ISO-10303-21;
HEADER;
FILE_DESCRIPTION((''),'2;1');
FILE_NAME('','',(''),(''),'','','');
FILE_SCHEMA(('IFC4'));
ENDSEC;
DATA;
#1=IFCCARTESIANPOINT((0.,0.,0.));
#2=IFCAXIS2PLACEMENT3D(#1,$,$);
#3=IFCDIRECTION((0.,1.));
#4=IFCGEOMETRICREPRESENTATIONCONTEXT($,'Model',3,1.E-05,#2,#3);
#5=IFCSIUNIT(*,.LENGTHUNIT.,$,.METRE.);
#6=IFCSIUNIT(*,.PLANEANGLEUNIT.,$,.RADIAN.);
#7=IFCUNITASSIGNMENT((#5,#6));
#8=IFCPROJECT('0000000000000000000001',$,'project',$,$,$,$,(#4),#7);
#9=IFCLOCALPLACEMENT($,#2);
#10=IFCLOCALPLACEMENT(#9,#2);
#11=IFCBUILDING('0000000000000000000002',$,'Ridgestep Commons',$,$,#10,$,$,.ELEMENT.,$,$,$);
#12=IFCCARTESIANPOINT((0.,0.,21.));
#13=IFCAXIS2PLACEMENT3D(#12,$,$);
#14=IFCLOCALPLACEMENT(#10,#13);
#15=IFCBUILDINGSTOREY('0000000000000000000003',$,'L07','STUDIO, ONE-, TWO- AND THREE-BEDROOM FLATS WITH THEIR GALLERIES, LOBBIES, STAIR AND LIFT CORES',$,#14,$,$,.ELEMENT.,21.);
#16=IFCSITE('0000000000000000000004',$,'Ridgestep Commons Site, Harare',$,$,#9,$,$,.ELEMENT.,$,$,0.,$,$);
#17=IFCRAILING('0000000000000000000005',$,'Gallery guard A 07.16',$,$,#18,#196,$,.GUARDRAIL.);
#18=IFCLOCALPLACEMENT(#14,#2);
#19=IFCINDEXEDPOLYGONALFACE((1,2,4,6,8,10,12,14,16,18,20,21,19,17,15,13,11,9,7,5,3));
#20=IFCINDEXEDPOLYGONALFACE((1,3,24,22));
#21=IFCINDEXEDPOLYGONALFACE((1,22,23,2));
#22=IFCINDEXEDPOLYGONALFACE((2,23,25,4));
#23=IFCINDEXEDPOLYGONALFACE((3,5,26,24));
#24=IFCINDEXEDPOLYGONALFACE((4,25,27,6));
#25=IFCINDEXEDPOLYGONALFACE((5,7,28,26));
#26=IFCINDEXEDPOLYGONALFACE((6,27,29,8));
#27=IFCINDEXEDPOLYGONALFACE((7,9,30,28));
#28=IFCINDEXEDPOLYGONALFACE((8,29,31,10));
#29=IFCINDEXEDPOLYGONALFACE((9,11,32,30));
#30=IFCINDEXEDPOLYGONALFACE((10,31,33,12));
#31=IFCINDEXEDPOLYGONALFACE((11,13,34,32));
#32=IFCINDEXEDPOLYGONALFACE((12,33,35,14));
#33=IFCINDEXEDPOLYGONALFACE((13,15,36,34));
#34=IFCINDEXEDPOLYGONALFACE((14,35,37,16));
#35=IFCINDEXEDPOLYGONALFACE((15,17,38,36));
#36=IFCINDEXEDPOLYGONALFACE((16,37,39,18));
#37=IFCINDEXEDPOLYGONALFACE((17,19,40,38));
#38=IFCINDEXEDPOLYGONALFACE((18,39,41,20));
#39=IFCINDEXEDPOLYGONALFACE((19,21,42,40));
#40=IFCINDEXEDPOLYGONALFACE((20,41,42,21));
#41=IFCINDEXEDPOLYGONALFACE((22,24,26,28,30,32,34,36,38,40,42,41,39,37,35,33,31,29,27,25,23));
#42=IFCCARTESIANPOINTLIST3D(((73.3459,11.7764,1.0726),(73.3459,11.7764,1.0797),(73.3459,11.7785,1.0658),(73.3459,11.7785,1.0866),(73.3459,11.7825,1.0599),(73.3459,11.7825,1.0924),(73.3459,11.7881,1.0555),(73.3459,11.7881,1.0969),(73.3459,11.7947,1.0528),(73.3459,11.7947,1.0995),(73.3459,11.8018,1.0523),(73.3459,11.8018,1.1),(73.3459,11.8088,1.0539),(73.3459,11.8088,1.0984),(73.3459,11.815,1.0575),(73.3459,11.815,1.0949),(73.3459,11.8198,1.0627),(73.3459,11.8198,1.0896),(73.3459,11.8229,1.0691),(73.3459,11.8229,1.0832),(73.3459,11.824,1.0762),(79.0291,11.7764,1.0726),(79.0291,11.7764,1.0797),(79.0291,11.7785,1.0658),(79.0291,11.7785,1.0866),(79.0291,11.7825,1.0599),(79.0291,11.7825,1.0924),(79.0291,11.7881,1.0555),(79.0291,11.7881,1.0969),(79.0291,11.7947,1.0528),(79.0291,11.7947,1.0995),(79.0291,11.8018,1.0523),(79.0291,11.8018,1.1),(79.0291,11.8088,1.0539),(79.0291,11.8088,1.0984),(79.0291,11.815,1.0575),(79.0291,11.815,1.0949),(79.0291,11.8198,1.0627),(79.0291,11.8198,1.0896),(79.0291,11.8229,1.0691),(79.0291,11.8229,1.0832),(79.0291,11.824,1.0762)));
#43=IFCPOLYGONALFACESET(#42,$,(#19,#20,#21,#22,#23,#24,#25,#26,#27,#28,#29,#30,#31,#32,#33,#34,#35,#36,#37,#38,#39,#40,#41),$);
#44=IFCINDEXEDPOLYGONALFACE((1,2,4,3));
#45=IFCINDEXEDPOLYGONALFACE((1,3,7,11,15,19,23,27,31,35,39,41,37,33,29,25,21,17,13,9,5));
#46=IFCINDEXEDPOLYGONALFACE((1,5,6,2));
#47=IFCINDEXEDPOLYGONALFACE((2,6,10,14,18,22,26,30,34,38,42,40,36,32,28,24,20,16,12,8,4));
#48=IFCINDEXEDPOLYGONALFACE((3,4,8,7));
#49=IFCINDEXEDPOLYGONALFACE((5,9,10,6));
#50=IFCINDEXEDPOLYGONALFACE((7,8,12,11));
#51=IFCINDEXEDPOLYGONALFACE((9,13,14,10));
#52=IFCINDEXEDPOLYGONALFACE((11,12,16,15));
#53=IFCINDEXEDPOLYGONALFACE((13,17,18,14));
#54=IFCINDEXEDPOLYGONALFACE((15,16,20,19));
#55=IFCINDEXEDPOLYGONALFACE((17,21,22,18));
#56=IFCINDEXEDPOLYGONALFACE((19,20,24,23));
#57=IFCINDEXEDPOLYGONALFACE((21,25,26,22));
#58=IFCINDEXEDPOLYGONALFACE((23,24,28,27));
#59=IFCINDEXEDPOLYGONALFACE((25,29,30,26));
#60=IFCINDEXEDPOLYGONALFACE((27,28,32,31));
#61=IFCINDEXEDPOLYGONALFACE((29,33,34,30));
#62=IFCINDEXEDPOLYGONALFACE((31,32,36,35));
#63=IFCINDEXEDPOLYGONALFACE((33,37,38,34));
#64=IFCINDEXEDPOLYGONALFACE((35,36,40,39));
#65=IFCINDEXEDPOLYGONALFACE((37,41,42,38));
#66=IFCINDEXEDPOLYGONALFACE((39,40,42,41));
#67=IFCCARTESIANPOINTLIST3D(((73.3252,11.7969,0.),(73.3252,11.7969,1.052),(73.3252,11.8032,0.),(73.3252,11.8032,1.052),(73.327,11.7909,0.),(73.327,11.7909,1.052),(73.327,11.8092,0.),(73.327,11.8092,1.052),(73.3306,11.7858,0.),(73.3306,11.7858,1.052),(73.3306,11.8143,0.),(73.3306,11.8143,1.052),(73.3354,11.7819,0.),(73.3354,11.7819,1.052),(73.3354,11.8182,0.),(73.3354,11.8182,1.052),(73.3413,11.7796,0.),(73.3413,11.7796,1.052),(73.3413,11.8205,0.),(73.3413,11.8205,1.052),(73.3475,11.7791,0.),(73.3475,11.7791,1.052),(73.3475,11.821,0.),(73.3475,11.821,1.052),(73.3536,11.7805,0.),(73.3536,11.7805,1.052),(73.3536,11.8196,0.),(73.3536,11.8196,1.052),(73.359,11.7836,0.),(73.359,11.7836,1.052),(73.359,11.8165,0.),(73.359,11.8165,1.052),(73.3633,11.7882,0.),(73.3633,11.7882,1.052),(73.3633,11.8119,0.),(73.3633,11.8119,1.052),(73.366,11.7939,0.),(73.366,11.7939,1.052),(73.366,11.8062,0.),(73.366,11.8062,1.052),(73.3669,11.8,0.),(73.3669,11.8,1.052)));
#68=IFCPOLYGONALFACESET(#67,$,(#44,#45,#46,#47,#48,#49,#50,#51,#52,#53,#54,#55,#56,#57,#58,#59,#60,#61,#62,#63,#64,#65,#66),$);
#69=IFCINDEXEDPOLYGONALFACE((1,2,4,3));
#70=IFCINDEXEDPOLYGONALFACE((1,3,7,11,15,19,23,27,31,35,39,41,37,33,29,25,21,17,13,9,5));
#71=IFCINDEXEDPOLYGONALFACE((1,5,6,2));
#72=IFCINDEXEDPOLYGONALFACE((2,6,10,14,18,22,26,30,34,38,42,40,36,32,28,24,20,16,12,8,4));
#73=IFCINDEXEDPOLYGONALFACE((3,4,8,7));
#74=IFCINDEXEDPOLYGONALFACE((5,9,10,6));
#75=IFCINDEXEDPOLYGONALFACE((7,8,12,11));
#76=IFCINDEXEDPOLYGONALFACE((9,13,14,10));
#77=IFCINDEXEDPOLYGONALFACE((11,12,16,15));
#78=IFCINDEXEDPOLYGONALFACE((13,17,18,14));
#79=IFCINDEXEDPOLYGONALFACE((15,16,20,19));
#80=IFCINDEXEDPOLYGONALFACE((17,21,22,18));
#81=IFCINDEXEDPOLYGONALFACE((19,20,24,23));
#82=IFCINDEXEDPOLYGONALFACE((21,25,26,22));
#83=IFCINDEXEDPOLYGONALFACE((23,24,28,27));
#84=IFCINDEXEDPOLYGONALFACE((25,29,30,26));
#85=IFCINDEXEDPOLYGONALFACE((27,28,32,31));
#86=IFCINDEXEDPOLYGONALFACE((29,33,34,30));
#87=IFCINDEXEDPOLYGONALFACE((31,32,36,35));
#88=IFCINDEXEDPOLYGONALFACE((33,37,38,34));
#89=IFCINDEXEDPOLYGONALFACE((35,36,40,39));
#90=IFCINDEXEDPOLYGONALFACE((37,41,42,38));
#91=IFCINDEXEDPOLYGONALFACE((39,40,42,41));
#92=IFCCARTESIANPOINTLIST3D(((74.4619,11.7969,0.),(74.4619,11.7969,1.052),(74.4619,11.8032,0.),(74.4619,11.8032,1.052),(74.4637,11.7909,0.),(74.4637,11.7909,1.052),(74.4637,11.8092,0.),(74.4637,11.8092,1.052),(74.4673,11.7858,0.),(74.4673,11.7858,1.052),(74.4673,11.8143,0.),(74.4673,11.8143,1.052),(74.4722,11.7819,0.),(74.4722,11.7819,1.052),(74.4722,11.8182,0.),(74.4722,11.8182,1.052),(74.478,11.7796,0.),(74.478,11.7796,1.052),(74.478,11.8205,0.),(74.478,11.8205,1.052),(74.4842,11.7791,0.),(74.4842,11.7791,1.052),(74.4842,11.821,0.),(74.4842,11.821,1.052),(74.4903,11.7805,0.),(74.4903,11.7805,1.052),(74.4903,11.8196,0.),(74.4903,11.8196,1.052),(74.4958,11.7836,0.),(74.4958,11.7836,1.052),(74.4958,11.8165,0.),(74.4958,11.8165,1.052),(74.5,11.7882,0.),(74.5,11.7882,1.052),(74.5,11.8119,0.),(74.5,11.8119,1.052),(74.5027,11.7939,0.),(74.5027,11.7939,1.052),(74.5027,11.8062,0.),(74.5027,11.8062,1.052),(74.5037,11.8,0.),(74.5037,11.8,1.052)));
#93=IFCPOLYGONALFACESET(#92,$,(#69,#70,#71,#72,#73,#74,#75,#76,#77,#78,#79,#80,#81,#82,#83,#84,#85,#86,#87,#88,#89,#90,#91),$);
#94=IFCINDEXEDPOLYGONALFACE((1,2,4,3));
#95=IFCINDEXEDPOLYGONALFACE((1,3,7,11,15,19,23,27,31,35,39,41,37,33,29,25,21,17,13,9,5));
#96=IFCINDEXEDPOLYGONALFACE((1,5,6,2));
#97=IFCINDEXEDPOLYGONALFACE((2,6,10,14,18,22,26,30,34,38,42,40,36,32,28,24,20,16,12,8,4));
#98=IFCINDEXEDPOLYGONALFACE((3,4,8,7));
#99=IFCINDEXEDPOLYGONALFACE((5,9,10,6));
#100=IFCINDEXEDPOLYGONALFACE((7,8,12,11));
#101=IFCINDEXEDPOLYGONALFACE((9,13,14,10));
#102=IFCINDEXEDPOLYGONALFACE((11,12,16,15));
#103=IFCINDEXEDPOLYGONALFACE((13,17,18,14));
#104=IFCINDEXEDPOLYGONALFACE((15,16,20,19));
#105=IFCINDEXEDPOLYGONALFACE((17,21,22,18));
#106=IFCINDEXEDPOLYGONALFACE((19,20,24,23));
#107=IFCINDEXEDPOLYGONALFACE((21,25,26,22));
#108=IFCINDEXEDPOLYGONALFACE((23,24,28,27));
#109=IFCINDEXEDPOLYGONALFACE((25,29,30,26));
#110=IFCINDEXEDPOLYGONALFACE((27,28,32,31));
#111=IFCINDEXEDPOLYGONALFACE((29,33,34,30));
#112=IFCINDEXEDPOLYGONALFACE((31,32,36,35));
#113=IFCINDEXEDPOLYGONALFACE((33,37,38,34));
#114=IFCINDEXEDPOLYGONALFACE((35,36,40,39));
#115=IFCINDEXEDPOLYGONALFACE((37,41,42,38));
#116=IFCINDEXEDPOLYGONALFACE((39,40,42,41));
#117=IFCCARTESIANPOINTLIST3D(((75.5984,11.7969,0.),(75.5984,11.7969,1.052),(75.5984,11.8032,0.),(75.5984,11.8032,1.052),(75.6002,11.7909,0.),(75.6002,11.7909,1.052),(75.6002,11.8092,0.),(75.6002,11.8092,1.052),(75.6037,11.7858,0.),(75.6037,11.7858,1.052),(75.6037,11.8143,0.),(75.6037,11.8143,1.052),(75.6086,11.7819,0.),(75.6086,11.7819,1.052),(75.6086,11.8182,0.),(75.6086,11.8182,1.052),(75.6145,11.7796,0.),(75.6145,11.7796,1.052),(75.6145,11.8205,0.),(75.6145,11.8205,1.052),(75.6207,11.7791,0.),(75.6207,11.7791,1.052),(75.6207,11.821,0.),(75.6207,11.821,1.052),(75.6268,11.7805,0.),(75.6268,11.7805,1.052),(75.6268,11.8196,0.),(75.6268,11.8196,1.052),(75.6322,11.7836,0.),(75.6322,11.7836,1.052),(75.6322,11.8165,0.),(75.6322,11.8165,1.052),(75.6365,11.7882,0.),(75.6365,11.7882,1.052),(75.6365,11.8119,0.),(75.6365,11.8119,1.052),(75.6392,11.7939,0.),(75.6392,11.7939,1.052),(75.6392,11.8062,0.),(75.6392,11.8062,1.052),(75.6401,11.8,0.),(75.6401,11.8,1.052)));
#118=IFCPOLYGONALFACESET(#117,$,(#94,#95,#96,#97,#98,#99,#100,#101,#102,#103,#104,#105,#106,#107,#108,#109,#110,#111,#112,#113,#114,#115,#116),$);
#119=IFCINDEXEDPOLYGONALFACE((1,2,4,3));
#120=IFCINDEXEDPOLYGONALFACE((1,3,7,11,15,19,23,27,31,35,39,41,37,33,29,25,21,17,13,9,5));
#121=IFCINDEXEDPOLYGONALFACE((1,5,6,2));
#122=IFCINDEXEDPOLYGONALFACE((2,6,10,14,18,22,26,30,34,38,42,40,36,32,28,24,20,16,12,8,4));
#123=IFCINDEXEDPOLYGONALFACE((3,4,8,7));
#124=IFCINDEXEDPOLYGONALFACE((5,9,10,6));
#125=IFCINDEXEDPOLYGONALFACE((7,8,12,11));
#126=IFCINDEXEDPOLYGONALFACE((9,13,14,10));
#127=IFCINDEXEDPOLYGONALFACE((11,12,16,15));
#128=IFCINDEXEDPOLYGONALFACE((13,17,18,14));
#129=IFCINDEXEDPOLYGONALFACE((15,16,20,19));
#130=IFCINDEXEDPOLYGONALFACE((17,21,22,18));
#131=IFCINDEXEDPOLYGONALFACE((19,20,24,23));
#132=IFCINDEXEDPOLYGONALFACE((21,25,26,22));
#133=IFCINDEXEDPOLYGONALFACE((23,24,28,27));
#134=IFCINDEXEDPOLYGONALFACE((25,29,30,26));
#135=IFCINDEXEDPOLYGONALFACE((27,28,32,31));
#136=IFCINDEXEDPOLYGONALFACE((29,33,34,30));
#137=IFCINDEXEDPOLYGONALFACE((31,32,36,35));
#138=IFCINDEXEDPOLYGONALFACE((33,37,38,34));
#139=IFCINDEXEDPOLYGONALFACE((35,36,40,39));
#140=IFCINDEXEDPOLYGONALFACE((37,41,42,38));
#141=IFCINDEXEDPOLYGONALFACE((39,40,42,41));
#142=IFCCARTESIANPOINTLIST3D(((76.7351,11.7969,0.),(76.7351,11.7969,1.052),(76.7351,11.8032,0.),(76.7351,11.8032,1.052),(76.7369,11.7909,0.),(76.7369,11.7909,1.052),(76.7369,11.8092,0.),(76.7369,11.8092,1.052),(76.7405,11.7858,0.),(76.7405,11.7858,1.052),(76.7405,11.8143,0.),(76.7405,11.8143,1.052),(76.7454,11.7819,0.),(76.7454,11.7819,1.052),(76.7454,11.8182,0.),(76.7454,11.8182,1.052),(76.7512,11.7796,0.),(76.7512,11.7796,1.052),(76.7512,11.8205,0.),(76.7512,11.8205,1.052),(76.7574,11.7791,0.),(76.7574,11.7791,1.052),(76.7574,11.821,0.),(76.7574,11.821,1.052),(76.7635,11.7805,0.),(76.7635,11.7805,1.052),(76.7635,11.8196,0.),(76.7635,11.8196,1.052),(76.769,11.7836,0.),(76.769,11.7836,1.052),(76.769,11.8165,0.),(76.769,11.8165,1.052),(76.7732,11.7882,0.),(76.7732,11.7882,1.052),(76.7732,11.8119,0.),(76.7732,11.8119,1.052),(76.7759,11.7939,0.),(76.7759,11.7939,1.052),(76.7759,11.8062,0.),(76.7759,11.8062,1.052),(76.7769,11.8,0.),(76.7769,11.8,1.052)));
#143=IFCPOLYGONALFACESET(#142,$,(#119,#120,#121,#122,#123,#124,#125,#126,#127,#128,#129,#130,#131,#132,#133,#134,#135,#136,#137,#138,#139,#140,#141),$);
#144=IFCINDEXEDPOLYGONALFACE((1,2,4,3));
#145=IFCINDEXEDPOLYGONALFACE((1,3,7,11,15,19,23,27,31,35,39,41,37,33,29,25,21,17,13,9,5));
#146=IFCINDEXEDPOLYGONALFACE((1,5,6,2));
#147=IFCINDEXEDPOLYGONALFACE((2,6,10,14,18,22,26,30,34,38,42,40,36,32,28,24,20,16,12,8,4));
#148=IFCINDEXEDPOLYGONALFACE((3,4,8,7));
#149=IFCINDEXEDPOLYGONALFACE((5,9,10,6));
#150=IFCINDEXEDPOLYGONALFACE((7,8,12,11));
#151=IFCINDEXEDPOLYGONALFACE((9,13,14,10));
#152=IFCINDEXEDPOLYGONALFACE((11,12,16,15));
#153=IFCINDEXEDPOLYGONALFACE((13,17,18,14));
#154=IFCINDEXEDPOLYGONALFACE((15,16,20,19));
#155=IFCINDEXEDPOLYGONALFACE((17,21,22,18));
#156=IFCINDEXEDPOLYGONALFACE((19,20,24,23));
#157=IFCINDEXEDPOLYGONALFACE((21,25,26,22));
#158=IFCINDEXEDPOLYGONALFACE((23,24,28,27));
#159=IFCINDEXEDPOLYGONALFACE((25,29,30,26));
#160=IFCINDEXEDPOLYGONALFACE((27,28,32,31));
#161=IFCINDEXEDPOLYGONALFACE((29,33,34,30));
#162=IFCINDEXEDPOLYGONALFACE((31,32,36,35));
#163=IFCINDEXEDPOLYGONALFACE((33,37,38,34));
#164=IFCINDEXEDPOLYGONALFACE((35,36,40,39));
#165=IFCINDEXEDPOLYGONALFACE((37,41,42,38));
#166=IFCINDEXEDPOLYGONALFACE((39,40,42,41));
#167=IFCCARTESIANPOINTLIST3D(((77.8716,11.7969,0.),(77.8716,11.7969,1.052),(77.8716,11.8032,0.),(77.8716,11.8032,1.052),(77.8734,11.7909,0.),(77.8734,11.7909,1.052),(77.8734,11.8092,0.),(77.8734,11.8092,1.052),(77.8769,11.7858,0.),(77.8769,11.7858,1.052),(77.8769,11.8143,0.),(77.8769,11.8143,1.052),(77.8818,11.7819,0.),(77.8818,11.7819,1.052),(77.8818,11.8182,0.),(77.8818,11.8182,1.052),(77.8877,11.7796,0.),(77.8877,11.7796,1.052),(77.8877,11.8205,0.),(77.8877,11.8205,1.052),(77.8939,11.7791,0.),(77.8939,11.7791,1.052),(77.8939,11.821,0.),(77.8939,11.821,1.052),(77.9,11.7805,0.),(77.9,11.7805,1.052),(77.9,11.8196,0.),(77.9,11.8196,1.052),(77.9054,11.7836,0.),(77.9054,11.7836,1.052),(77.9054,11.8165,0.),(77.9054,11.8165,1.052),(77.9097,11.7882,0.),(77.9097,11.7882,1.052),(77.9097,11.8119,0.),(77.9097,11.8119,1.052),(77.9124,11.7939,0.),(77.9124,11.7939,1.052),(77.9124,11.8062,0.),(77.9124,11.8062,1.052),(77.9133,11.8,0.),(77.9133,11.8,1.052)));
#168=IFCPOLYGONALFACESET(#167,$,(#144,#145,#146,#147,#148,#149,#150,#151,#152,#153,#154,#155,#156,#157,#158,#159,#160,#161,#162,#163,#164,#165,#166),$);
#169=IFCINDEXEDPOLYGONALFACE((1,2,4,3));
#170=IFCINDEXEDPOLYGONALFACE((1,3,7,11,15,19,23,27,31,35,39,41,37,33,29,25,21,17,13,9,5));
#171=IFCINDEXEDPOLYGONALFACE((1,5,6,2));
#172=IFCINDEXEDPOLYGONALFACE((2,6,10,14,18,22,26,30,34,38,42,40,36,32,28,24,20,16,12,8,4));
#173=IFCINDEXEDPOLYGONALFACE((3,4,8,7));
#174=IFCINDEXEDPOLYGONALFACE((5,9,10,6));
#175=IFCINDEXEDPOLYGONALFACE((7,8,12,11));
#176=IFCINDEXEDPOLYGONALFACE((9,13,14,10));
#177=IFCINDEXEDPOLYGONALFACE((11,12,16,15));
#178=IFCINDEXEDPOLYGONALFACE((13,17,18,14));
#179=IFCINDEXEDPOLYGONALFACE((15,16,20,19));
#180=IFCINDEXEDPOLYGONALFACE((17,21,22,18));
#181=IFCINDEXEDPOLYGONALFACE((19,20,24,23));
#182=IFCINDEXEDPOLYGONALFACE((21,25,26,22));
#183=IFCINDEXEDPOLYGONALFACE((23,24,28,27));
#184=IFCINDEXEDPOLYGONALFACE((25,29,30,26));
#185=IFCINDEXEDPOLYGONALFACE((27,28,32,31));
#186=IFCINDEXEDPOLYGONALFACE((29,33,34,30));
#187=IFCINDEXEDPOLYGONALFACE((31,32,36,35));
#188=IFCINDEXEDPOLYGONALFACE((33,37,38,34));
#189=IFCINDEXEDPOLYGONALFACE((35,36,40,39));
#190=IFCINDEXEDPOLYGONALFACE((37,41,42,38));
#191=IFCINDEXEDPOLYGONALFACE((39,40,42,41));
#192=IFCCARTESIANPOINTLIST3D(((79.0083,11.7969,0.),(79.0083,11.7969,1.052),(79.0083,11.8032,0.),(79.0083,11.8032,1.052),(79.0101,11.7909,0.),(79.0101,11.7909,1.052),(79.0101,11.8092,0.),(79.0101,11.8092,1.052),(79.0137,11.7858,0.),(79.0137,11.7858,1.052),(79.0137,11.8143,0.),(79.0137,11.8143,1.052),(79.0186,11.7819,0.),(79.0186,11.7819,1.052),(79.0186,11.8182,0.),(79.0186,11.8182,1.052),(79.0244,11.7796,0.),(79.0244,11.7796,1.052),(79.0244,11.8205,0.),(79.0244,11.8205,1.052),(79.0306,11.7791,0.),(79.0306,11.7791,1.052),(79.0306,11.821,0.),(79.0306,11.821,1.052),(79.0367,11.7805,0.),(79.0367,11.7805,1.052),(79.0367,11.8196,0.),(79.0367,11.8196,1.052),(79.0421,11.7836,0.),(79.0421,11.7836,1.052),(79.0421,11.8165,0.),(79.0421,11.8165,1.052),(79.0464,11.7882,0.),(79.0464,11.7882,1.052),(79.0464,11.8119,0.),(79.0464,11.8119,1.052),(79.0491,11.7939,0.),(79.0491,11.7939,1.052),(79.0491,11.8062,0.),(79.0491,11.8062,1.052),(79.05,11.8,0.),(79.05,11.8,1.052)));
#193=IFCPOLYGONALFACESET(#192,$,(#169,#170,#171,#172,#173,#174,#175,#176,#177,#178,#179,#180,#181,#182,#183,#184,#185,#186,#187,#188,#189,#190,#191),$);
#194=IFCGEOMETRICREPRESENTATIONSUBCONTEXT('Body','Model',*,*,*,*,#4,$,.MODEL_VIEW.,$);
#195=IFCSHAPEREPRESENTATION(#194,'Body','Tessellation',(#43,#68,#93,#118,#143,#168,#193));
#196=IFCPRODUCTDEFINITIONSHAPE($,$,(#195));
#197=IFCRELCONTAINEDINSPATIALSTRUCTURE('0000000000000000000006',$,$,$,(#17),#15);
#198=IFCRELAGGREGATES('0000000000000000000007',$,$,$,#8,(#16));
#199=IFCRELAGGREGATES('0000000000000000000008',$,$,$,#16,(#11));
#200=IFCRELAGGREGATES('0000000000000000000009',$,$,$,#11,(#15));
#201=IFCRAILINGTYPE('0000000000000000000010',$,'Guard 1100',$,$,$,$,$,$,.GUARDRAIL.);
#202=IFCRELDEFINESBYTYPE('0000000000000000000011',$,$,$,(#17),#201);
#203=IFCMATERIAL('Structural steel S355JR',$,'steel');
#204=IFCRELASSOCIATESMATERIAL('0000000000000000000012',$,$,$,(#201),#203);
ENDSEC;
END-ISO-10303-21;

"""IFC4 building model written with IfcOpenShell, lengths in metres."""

from ifc_helpers import new_model, si_unit, direction, frame, origin, origin_2d, place, context, subcontext, project, spatial, circle, extrude, material, type_object, element, save


model = new_model("IFC4")

# Units and contexts
model_context = context("Model", 3, precision=1e-05, world=origin(), true_north=direction((0.0, 1.0)))
body_context = subcontext(model_context, "Body", "Model", "MODEL_VIEW")
ifc_project = project(units=[si_unit("LENGTHUNIT", "METRE"), si_unit("PLANEANGLEUNIT", "RADIAN")], contexts=[model_context])

# Site, building, storey
site_placement = place(None, origin())
site = spatial("IfcSite", under=ifc_project, at=site_placement, Name="Ridgestep Commons Site, Harare", CompositionType="ELEMENT", RefElevation=0.0)
building_placement = place(site_placement, origin())
building = spatial("IfcBuilding", under=site, at=building_placement, Name="Ridgestep Commons", CompositionType="ELEMENT")
storey_placement = place(building_placement, frame((0.0, 0.0, 21.0)))
storey = spatial("IfcBuildingStorey", under=building, at=storey_placement, Name="L07", Description="STUDIO, ONE-, TWO- AND THREE-BEDROOM FLATS WITH THEIR GALLERIES, LOBBIES, STAIR AND LIFT CORES", CompositionType="ELEMENT", Elevation=21.0)

# Railing
ifc_material_1 = material(Name="Structural steel S355JR", Category="steel")
railing_type_1 = type_object("IfcRailingType", Name="Guard 1100", PredefinedType="GUARDRAIL", material=ifc_material_1)
railing_1_placement = place(storey_placement, frame((73.3459, 11.8, 0.0)))
element("IfcRailing", 1, at=railing_1_placement, inside=storey, type_object=railing_type_1, Name="Gallery guard A 07.16", PredefinedType="GUARDRAIL", context=body_context, shape_type="SweptSolid", body=[
    extrude(circle(Radius=0.0239, at=origin_2d()), frame((0.0, 0.0, 1.0762), z_axis=(1.0, 0.0, 0.0), x_axis=(0.0, 1.0, 0.0)), (0.0, 0.0, 1.0), 5.6831),
    extrude(circle(Radius=0.021, at=origin_2d()), origin(), (0.0, 0.0, 1.0), 1.052),
    extrude(circle(Radius=0.021, at=origin_2d()), frame((1.1367, 0.0, 0.0)), (0.0, 0.0, 1.0), 1.052),
    extrude(circle(Radius=0.021, at=origin_2d()), frame((2.2732, 0.0, 0.0)), (0.0, 0.0, 1.0), 1.052),
    extrude(circle(Radius=0.021, at=origin_2d()), frame((3.4099, 0.0, 0.0)), (0.0, 0.0, 1.0), 1.052),
    extrude(circle(Radius=0.021, at=origin_2d()), frame((4.5464, 0.0, 0.0)), (0.0, 0.0, 1.0), 1.052),
    extrude(circle(Radius=0.021, at=origin_2d()), frame((5.6831, 0.0, 0.0)), (0.0, 0.0, 1.0), 1.052),
])

save(model, "model.ifc")
